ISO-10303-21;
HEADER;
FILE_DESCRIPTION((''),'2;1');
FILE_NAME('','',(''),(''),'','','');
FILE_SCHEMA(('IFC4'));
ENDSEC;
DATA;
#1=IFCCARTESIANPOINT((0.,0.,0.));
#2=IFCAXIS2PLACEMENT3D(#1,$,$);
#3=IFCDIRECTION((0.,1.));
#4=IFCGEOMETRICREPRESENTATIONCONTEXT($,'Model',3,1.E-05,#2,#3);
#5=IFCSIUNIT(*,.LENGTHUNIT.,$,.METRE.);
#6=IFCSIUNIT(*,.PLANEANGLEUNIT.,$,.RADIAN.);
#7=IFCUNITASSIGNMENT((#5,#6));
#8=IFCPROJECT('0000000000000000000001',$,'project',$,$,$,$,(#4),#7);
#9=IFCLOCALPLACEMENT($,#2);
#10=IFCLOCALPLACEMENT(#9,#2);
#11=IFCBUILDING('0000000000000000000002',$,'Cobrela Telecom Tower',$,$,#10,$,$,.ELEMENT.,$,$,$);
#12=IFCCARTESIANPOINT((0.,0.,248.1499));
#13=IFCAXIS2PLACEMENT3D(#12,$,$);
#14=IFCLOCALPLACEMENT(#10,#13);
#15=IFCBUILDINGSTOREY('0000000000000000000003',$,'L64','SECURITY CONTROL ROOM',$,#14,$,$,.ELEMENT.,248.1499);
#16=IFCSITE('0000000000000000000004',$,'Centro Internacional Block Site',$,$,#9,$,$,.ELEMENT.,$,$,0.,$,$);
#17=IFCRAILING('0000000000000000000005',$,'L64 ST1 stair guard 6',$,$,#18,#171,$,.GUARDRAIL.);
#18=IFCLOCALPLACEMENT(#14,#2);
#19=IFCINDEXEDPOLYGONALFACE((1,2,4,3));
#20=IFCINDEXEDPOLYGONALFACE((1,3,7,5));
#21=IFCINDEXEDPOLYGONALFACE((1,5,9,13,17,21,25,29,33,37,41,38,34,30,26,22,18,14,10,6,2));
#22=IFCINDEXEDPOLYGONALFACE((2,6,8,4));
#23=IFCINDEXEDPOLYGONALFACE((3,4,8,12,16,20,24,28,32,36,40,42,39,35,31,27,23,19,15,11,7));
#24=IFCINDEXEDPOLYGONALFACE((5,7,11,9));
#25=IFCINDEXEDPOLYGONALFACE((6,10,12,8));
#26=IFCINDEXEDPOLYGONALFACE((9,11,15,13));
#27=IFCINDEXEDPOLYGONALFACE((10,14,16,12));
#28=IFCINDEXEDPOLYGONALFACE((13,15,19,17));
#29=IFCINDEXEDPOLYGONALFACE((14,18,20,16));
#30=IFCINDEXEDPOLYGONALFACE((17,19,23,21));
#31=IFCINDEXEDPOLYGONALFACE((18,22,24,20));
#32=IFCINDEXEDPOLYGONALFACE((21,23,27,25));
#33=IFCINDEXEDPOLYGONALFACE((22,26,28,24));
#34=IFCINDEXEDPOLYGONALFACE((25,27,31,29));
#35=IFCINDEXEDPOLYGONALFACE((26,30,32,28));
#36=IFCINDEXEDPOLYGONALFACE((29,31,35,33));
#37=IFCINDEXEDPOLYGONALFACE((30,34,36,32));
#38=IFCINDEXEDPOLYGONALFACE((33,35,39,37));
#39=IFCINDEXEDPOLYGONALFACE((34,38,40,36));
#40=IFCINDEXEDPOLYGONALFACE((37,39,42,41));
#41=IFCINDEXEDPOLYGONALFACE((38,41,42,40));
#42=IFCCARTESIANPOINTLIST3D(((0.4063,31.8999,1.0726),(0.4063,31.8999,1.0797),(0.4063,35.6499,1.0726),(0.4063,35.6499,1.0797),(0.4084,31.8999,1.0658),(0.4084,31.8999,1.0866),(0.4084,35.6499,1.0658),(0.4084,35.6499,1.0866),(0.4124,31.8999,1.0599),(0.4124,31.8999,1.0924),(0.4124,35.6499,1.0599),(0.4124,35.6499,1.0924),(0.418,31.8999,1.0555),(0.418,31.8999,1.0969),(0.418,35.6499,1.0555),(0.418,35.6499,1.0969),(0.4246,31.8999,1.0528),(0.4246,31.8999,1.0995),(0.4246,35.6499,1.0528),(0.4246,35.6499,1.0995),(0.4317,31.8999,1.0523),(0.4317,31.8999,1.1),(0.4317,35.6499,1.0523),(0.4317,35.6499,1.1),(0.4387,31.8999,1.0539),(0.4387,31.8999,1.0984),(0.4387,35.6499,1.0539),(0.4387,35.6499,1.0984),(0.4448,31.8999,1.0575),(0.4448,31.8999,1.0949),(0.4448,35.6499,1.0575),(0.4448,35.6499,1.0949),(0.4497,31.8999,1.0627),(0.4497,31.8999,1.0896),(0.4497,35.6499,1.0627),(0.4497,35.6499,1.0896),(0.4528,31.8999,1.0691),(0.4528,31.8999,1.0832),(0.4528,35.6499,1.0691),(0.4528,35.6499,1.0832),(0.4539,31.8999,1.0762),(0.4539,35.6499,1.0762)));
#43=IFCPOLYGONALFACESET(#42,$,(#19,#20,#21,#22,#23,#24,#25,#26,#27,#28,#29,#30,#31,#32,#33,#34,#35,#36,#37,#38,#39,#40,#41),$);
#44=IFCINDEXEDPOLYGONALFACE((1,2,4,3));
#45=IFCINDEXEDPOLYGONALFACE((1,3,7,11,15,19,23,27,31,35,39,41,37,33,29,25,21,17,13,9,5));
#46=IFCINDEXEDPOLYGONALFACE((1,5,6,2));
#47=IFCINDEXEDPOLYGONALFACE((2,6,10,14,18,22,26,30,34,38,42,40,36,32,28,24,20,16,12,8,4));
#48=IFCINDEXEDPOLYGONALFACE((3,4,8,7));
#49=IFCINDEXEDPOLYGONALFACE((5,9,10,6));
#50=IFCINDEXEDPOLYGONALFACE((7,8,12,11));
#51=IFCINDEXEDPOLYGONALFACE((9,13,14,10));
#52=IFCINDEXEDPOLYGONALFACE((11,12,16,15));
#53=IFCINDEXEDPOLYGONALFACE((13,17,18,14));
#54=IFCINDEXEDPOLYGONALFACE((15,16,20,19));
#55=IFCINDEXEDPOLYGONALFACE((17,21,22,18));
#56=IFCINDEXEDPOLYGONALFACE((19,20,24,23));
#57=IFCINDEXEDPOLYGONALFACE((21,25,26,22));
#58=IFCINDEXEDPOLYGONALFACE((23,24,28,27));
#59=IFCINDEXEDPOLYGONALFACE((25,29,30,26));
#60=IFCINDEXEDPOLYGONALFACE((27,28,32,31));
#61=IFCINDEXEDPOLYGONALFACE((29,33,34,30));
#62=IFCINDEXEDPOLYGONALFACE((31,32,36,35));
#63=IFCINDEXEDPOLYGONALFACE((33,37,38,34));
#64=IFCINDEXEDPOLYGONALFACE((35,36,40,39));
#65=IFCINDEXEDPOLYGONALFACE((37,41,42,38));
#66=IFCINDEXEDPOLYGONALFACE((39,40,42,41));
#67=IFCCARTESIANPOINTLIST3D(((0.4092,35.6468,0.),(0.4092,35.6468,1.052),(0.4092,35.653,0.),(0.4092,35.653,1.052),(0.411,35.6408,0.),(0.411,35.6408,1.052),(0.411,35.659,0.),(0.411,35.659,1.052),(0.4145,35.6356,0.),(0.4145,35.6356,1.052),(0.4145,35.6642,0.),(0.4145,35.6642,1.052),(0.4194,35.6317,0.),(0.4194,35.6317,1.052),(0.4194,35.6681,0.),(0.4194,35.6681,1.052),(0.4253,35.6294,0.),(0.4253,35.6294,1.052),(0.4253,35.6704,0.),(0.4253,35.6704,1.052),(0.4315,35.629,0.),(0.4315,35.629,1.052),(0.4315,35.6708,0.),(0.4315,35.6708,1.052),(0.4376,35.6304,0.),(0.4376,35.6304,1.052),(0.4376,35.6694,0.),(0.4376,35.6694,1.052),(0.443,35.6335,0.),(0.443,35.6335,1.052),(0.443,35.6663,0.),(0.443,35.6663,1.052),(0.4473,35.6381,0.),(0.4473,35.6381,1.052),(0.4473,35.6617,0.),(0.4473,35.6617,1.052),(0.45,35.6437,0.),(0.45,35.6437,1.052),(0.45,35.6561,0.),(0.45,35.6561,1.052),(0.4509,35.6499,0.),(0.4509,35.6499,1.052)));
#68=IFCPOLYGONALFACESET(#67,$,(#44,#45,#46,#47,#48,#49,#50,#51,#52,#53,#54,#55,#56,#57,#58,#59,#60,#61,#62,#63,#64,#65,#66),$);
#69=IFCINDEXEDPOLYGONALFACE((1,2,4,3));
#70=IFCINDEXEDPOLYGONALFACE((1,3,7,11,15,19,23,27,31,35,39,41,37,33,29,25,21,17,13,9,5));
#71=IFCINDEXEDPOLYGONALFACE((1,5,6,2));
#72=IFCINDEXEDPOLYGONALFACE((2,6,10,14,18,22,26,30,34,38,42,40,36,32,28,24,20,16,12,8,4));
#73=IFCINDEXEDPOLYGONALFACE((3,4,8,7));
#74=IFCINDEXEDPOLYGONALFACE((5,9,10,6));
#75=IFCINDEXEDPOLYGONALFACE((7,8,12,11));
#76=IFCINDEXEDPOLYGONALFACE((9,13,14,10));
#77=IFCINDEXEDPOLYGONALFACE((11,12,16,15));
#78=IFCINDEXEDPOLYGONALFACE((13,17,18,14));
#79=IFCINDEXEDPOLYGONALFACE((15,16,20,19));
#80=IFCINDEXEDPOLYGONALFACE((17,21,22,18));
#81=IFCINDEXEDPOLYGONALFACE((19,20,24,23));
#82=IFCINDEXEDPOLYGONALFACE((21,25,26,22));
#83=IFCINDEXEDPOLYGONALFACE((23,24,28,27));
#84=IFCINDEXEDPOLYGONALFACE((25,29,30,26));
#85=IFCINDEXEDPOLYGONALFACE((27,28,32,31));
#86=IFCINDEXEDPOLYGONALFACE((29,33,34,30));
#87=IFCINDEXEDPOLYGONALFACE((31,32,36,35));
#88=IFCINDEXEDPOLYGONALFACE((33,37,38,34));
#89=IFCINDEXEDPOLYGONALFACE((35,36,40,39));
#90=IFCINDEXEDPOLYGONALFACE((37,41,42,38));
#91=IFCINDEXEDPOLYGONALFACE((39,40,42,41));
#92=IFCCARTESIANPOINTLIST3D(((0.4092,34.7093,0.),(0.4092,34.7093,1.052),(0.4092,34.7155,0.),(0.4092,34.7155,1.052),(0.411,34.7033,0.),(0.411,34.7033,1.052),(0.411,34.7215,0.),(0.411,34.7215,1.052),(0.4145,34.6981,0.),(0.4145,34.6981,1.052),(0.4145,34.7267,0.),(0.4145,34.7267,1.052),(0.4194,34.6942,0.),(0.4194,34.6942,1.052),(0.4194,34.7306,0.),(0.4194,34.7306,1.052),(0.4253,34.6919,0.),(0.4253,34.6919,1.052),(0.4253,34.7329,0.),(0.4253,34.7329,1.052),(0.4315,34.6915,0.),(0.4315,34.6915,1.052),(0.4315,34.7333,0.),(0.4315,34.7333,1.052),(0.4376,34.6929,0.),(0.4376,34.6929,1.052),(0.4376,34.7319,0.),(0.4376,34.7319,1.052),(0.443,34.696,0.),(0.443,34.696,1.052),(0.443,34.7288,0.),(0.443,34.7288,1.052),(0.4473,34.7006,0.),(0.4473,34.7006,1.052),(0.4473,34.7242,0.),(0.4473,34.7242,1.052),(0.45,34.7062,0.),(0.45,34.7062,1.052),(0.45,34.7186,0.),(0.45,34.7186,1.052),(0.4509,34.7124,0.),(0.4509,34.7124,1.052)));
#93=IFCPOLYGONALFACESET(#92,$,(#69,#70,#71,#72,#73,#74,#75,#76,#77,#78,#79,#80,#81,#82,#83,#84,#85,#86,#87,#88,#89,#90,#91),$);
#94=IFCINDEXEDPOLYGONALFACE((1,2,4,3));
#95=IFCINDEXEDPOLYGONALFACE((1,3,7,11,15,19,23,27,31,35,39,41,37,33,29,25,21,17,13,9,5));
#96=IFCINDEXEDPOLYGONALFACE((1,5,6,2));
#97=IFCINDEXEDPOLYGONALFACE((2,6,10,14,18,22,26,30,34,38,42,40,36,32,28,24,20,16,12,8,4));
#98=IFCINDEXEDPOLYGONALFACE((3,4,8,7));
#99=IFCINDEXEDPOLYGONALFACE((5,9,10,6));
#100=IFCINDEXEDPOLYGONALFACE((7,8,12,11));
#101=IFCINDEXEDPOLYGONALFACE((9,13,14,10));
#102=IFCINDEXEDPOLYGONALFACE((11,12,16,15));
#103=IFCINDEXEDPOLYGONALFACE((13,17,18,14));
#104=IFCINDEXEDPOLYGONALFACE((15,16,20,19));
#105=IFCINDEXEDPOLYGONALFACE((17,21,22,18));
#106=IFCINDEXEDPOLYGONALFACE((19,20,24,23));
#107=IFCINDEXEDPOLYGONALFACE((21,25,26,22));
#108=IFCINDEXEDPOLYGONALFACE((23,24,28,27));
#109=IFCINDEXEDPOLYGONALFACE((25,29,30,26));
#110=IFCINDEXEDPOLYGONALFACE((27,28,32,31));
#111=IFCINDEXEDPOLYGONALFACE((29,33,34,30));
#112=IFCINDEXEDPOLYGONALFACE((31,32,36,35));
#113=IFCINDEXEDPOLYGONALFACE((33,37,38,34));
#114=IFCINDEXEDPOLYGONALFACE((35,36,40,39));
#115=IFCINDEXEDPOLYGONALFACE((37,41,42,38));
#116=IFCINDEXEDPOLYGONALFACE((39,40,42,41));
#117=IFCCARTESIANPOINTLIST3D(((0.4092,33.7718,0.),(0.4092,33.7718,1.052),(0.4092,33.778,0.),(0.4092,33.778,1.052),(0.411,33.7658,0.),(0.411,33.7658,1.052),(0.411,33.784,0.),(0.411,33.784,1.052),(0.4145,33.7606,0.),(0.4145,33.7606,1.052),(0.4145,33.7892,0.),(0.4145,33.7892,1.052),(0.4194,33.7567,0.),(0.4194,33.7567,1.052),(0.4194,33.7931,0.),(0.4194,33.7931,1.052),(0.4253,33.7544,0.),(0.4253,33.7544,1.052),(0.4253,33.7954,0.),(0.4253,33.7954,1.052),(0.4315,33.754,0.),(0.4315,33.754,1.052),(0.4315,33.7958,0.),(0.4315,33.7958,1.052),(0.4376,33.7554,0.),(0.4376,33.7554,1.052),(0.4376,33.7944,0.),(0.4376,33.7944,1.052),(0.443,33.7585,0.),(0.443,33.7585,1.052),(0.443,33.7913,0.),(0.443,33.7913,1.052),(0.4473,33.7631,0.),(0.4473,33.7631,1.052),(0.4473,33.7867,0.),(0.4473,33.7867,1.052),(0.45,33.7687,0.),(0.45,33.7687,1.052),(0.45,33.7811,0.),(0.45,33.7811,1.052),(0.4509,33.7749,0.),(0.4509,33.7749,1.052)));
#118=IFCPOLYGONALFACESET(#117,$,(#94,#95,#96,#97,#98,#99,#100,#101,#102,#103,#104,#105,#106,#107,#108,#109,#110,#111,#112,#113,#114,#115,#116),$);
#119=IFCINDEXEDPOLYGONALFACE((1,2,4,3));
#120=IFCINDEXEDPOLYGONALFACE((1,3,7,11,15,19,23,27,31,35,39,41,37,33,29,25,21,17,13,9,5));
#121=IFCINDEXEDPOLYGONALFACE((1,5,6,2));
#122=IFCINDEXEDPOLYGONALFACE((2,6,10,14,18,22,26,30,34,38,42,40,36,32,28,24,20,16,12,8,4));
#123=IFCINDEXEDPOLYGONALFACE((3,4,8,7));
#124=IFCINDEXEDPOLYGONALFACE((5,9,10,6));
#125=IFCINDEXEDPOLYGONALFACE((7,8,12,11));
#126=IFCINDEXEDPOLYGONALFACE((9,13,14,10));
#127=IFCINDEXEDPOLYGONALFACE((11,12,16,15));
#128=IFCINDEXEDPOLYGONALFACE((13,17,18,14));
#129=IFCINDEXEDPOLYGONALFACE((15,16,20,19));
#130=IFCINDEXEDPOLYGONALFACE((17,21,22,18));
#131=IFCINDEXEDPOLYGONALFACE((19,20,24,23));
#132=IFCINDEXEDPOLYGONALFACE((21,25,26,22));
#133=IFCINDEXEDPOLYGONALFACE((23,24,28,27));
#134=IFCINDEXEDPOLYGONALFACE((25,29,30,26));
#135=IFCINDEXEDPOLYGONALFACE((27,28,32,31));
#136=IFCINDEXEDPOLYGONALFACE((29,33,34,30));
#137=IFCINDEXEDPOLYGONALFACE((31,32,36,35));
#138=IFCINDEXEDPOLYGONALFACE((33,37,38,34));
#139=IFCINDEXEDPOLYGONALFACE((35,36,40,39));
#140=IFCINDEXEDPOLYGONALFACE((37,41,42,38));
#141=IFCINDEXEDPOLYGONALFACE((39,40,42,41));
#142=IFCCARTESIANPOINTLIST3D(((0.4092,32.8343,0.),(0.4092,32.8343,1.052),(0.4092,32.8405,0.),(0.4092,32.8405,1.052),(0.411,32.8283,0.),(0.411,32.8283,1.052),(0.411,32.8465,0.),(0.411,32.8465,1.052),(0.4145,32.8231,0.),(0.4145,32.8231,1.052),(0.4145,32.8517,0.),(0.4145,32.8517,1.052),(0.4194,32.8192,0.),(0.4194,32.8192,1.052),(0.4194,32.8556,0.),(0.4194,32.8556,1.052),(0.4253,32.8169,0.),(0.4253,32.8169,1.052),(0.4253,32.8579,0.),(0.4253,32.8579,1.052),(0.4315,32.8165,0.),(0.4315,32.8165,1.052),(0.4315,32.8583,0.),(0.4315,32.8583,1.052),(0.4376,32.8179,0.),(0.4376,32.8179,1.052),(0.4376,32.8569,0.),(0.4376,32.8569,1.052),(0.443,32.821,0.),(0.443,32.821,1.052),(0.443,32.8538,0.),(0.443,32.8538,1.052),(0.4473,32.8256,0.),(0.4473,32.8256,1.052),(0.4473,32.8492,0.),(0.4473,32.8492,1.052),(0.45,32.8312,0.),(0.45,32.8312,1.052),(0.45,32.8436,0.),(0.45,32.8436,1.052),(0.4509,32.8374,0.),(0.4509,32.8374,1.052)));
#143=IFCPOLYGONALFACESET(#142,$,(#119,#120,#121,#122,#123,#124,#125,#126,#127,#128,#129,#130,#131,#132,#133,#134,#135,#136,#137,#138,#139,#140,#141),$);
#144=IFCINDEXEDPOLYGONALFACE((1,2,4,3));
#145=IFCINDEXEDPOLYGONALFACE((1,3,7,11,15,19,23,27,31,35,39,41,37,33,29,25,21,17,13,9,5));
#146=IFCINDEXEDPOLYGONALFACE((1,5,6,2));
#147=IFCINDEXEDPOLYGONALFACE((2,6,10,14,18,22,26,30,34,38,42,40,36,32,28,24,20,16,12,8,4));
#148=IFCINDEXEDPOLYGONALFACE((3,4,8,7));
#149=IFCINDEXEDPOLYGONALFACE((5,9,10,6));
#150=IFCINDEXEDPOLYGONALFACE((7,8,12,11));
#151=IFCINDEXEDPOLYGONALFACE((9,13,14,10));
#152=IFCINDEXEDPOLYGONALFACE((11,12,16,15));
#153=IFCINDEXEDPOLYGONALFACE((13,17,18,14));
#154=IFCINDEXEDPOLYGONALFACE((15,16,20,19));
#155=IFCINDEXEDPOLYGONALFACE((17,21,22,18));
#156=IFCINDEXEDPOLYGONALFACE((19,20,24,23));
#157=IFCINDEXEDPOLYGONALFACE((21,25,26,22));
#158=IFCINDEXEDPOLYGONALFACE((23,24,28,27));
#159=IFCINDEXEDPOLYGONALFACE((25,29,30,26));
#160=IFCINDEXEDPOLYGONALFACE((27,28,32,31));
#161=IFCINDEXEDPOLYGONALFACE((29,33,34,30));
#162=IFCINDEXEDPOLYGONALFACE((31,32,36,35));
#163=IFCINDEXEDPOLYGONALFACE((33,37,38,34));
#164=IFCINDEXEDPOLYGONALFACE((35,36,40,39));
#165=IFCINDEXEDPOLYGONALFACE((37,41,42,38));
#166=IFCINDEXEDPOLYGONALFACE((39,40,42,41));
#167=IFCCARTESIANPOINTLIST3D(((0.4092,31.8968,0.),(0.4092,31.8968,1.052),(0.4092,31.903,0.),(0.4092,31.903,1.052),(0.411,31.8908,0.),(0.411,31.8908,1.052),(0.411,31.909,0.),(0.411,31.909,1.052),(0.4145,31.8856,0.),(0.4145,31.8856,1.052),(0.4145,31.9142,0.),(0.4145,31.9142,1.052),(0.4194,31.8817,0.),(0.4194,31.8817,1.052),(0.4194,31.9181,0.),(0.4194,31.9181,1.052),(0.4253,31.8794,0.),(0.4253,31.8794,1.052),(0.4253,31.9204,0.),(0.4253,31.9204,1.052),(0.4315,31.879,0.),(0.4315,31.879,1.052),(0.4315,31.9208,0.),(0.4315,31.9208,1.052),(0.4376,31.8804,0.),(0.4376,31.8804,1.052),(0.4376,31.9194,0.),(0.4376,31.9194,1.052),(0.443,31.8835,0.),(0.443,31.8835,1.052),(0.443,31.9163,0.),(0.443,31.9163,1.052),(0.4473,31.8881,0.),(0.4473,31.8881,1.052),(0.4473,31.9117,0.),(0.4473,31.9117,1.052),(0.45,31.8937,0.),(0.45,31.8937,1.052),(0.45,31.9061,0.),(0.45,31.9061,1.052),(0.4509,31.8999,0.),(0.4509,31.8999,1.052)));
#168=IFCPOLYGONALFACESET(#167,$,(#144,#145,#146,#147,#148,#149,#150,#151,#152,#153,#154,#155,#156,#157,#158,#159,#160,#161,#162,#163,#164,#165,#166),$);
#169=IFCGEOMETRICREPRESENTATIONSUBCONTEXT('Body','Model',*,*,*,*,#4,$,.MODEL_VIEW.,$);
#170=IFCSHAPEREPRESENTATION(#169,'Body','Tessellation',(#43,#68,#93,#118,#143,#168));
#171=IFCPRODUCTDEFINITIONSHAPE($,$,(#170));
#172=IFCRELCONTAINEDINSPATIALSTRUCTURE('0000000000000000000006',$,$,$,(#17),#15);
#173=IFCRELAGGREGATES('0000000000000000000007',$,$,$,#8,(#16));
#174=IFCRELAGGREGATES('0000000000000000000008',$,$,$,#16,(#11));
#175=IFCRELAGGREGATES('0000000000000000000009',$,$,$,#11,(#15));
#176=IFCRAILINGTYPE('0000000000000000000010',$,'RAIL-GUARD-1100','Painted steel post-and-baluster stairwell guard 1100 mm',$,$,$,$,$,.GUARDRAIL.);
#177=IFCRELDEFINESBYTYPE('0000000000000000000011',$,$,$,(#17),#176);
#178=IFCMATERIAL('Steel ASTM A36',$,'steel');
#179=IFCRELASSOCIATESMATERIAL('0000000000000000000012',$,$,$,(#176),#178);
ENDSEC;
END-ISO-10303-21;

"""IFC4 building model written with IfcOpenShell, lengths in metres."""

from ifc_helpers import new_model, si_unit, direction, frame, origin, origin_2d, place, context, subcontext, project, spatial, circle, extrude, material, type_object, element, save


model = new_model("IFC4")

# Units and contexts
model_context = context("Model", 3, precision=1e-05, world=origin(), true_north=direction((0.0, 1.0)))
body_context = subcontext(model_context, "Body", "Model", "MODEL_VIEW")
ifc_project = project(units=[si_unit("LENGTHUNIT", "METRE"), si_unit("PLANEANGLEUNIT", "RADIAN")], contexts=[model_context])

# Site, building, storey
site_placement = place(None, origin())
site = spatial("IfcSite", under=ifc_project, at=site_placement, Name="Centro Internacional Block Site", CompositionType="ELEMENT", RefElevation=0.0)
building_placement = place(site_placement, origin())
building = spatial("IfcBuilding", under=site, at=building_placement, Name="Cobrela Telecom Tower", CompositionType="ELEMENT")
storey_placement = place(building_placement, frame((0.0, 0.0, 248.1499)))
storey = spatial("IfcBuildingStorey", under=building, at=storey_placement, Name="L64", Description="SECURITY CONTROL ROOM", CompositionType="ELEMENT", Elevation=248.1499)

# Shared definitions
ifc_material_1 = material(Name="Steel ASTM A36", Category="steel")

# Railing
railing_type_1 = type_object("IfcRailingType", Name="RAIL-GUARD-1100", Description="Painted steel post-and-baluster stairwell guard 1100 mm", PredefinedType="GUARDRAIL", material=ifc_material_1)
railing_1_placement = place(storey_placement, frame((0.4299, 35.6499, 0.0)))
element("IfcRailing", 1, at=railing_1_placement, inside=storey, type_object=railing_type_1, Name="L64 ST1 stair guard 6", PredefinedType="GUARDRAIL", context=body_context, shape_type="SweptSolid", body=[
    extrude(circle(Radius=0.0239, at=origin_2d()), frame((0.0, 0.0, 1.0762), z_axis=(0.0, -1.0, 0.0), x_axis=(1.0, 0.0, 0.0)), (0.0, 0.0, 1.0), 3.75),
    extrude(circle(Radius=0.021, at=origin_2d()), origin(), (0.0, 0.0, 1.0), 1.052),
    extrude(circle(Radius=0.021, at=origin_2d()), frame((0.0, -0.9375, 0.0)), (0.0, 0.0, 1.0), 1.052),
    extrude(circle(Radius=0.021, at=origin_2d()), frame((0.0, -1.875, 0.0)), (0.0, 0.0, 1.0), 1.052),
    extrude(circle(Radius=0.021, at=origin_2d()), frame((0.0, -2.8125, 0.0)), (0.0, 0.0, 1.0), 1.052),
    extrude(circle(Radius=0.021, at=origin_2d()), frame((0.0, -3.75, 0.0)), (0.0, 0.0, 1.0), 1.052),
])

save(model, "model.ifc")
